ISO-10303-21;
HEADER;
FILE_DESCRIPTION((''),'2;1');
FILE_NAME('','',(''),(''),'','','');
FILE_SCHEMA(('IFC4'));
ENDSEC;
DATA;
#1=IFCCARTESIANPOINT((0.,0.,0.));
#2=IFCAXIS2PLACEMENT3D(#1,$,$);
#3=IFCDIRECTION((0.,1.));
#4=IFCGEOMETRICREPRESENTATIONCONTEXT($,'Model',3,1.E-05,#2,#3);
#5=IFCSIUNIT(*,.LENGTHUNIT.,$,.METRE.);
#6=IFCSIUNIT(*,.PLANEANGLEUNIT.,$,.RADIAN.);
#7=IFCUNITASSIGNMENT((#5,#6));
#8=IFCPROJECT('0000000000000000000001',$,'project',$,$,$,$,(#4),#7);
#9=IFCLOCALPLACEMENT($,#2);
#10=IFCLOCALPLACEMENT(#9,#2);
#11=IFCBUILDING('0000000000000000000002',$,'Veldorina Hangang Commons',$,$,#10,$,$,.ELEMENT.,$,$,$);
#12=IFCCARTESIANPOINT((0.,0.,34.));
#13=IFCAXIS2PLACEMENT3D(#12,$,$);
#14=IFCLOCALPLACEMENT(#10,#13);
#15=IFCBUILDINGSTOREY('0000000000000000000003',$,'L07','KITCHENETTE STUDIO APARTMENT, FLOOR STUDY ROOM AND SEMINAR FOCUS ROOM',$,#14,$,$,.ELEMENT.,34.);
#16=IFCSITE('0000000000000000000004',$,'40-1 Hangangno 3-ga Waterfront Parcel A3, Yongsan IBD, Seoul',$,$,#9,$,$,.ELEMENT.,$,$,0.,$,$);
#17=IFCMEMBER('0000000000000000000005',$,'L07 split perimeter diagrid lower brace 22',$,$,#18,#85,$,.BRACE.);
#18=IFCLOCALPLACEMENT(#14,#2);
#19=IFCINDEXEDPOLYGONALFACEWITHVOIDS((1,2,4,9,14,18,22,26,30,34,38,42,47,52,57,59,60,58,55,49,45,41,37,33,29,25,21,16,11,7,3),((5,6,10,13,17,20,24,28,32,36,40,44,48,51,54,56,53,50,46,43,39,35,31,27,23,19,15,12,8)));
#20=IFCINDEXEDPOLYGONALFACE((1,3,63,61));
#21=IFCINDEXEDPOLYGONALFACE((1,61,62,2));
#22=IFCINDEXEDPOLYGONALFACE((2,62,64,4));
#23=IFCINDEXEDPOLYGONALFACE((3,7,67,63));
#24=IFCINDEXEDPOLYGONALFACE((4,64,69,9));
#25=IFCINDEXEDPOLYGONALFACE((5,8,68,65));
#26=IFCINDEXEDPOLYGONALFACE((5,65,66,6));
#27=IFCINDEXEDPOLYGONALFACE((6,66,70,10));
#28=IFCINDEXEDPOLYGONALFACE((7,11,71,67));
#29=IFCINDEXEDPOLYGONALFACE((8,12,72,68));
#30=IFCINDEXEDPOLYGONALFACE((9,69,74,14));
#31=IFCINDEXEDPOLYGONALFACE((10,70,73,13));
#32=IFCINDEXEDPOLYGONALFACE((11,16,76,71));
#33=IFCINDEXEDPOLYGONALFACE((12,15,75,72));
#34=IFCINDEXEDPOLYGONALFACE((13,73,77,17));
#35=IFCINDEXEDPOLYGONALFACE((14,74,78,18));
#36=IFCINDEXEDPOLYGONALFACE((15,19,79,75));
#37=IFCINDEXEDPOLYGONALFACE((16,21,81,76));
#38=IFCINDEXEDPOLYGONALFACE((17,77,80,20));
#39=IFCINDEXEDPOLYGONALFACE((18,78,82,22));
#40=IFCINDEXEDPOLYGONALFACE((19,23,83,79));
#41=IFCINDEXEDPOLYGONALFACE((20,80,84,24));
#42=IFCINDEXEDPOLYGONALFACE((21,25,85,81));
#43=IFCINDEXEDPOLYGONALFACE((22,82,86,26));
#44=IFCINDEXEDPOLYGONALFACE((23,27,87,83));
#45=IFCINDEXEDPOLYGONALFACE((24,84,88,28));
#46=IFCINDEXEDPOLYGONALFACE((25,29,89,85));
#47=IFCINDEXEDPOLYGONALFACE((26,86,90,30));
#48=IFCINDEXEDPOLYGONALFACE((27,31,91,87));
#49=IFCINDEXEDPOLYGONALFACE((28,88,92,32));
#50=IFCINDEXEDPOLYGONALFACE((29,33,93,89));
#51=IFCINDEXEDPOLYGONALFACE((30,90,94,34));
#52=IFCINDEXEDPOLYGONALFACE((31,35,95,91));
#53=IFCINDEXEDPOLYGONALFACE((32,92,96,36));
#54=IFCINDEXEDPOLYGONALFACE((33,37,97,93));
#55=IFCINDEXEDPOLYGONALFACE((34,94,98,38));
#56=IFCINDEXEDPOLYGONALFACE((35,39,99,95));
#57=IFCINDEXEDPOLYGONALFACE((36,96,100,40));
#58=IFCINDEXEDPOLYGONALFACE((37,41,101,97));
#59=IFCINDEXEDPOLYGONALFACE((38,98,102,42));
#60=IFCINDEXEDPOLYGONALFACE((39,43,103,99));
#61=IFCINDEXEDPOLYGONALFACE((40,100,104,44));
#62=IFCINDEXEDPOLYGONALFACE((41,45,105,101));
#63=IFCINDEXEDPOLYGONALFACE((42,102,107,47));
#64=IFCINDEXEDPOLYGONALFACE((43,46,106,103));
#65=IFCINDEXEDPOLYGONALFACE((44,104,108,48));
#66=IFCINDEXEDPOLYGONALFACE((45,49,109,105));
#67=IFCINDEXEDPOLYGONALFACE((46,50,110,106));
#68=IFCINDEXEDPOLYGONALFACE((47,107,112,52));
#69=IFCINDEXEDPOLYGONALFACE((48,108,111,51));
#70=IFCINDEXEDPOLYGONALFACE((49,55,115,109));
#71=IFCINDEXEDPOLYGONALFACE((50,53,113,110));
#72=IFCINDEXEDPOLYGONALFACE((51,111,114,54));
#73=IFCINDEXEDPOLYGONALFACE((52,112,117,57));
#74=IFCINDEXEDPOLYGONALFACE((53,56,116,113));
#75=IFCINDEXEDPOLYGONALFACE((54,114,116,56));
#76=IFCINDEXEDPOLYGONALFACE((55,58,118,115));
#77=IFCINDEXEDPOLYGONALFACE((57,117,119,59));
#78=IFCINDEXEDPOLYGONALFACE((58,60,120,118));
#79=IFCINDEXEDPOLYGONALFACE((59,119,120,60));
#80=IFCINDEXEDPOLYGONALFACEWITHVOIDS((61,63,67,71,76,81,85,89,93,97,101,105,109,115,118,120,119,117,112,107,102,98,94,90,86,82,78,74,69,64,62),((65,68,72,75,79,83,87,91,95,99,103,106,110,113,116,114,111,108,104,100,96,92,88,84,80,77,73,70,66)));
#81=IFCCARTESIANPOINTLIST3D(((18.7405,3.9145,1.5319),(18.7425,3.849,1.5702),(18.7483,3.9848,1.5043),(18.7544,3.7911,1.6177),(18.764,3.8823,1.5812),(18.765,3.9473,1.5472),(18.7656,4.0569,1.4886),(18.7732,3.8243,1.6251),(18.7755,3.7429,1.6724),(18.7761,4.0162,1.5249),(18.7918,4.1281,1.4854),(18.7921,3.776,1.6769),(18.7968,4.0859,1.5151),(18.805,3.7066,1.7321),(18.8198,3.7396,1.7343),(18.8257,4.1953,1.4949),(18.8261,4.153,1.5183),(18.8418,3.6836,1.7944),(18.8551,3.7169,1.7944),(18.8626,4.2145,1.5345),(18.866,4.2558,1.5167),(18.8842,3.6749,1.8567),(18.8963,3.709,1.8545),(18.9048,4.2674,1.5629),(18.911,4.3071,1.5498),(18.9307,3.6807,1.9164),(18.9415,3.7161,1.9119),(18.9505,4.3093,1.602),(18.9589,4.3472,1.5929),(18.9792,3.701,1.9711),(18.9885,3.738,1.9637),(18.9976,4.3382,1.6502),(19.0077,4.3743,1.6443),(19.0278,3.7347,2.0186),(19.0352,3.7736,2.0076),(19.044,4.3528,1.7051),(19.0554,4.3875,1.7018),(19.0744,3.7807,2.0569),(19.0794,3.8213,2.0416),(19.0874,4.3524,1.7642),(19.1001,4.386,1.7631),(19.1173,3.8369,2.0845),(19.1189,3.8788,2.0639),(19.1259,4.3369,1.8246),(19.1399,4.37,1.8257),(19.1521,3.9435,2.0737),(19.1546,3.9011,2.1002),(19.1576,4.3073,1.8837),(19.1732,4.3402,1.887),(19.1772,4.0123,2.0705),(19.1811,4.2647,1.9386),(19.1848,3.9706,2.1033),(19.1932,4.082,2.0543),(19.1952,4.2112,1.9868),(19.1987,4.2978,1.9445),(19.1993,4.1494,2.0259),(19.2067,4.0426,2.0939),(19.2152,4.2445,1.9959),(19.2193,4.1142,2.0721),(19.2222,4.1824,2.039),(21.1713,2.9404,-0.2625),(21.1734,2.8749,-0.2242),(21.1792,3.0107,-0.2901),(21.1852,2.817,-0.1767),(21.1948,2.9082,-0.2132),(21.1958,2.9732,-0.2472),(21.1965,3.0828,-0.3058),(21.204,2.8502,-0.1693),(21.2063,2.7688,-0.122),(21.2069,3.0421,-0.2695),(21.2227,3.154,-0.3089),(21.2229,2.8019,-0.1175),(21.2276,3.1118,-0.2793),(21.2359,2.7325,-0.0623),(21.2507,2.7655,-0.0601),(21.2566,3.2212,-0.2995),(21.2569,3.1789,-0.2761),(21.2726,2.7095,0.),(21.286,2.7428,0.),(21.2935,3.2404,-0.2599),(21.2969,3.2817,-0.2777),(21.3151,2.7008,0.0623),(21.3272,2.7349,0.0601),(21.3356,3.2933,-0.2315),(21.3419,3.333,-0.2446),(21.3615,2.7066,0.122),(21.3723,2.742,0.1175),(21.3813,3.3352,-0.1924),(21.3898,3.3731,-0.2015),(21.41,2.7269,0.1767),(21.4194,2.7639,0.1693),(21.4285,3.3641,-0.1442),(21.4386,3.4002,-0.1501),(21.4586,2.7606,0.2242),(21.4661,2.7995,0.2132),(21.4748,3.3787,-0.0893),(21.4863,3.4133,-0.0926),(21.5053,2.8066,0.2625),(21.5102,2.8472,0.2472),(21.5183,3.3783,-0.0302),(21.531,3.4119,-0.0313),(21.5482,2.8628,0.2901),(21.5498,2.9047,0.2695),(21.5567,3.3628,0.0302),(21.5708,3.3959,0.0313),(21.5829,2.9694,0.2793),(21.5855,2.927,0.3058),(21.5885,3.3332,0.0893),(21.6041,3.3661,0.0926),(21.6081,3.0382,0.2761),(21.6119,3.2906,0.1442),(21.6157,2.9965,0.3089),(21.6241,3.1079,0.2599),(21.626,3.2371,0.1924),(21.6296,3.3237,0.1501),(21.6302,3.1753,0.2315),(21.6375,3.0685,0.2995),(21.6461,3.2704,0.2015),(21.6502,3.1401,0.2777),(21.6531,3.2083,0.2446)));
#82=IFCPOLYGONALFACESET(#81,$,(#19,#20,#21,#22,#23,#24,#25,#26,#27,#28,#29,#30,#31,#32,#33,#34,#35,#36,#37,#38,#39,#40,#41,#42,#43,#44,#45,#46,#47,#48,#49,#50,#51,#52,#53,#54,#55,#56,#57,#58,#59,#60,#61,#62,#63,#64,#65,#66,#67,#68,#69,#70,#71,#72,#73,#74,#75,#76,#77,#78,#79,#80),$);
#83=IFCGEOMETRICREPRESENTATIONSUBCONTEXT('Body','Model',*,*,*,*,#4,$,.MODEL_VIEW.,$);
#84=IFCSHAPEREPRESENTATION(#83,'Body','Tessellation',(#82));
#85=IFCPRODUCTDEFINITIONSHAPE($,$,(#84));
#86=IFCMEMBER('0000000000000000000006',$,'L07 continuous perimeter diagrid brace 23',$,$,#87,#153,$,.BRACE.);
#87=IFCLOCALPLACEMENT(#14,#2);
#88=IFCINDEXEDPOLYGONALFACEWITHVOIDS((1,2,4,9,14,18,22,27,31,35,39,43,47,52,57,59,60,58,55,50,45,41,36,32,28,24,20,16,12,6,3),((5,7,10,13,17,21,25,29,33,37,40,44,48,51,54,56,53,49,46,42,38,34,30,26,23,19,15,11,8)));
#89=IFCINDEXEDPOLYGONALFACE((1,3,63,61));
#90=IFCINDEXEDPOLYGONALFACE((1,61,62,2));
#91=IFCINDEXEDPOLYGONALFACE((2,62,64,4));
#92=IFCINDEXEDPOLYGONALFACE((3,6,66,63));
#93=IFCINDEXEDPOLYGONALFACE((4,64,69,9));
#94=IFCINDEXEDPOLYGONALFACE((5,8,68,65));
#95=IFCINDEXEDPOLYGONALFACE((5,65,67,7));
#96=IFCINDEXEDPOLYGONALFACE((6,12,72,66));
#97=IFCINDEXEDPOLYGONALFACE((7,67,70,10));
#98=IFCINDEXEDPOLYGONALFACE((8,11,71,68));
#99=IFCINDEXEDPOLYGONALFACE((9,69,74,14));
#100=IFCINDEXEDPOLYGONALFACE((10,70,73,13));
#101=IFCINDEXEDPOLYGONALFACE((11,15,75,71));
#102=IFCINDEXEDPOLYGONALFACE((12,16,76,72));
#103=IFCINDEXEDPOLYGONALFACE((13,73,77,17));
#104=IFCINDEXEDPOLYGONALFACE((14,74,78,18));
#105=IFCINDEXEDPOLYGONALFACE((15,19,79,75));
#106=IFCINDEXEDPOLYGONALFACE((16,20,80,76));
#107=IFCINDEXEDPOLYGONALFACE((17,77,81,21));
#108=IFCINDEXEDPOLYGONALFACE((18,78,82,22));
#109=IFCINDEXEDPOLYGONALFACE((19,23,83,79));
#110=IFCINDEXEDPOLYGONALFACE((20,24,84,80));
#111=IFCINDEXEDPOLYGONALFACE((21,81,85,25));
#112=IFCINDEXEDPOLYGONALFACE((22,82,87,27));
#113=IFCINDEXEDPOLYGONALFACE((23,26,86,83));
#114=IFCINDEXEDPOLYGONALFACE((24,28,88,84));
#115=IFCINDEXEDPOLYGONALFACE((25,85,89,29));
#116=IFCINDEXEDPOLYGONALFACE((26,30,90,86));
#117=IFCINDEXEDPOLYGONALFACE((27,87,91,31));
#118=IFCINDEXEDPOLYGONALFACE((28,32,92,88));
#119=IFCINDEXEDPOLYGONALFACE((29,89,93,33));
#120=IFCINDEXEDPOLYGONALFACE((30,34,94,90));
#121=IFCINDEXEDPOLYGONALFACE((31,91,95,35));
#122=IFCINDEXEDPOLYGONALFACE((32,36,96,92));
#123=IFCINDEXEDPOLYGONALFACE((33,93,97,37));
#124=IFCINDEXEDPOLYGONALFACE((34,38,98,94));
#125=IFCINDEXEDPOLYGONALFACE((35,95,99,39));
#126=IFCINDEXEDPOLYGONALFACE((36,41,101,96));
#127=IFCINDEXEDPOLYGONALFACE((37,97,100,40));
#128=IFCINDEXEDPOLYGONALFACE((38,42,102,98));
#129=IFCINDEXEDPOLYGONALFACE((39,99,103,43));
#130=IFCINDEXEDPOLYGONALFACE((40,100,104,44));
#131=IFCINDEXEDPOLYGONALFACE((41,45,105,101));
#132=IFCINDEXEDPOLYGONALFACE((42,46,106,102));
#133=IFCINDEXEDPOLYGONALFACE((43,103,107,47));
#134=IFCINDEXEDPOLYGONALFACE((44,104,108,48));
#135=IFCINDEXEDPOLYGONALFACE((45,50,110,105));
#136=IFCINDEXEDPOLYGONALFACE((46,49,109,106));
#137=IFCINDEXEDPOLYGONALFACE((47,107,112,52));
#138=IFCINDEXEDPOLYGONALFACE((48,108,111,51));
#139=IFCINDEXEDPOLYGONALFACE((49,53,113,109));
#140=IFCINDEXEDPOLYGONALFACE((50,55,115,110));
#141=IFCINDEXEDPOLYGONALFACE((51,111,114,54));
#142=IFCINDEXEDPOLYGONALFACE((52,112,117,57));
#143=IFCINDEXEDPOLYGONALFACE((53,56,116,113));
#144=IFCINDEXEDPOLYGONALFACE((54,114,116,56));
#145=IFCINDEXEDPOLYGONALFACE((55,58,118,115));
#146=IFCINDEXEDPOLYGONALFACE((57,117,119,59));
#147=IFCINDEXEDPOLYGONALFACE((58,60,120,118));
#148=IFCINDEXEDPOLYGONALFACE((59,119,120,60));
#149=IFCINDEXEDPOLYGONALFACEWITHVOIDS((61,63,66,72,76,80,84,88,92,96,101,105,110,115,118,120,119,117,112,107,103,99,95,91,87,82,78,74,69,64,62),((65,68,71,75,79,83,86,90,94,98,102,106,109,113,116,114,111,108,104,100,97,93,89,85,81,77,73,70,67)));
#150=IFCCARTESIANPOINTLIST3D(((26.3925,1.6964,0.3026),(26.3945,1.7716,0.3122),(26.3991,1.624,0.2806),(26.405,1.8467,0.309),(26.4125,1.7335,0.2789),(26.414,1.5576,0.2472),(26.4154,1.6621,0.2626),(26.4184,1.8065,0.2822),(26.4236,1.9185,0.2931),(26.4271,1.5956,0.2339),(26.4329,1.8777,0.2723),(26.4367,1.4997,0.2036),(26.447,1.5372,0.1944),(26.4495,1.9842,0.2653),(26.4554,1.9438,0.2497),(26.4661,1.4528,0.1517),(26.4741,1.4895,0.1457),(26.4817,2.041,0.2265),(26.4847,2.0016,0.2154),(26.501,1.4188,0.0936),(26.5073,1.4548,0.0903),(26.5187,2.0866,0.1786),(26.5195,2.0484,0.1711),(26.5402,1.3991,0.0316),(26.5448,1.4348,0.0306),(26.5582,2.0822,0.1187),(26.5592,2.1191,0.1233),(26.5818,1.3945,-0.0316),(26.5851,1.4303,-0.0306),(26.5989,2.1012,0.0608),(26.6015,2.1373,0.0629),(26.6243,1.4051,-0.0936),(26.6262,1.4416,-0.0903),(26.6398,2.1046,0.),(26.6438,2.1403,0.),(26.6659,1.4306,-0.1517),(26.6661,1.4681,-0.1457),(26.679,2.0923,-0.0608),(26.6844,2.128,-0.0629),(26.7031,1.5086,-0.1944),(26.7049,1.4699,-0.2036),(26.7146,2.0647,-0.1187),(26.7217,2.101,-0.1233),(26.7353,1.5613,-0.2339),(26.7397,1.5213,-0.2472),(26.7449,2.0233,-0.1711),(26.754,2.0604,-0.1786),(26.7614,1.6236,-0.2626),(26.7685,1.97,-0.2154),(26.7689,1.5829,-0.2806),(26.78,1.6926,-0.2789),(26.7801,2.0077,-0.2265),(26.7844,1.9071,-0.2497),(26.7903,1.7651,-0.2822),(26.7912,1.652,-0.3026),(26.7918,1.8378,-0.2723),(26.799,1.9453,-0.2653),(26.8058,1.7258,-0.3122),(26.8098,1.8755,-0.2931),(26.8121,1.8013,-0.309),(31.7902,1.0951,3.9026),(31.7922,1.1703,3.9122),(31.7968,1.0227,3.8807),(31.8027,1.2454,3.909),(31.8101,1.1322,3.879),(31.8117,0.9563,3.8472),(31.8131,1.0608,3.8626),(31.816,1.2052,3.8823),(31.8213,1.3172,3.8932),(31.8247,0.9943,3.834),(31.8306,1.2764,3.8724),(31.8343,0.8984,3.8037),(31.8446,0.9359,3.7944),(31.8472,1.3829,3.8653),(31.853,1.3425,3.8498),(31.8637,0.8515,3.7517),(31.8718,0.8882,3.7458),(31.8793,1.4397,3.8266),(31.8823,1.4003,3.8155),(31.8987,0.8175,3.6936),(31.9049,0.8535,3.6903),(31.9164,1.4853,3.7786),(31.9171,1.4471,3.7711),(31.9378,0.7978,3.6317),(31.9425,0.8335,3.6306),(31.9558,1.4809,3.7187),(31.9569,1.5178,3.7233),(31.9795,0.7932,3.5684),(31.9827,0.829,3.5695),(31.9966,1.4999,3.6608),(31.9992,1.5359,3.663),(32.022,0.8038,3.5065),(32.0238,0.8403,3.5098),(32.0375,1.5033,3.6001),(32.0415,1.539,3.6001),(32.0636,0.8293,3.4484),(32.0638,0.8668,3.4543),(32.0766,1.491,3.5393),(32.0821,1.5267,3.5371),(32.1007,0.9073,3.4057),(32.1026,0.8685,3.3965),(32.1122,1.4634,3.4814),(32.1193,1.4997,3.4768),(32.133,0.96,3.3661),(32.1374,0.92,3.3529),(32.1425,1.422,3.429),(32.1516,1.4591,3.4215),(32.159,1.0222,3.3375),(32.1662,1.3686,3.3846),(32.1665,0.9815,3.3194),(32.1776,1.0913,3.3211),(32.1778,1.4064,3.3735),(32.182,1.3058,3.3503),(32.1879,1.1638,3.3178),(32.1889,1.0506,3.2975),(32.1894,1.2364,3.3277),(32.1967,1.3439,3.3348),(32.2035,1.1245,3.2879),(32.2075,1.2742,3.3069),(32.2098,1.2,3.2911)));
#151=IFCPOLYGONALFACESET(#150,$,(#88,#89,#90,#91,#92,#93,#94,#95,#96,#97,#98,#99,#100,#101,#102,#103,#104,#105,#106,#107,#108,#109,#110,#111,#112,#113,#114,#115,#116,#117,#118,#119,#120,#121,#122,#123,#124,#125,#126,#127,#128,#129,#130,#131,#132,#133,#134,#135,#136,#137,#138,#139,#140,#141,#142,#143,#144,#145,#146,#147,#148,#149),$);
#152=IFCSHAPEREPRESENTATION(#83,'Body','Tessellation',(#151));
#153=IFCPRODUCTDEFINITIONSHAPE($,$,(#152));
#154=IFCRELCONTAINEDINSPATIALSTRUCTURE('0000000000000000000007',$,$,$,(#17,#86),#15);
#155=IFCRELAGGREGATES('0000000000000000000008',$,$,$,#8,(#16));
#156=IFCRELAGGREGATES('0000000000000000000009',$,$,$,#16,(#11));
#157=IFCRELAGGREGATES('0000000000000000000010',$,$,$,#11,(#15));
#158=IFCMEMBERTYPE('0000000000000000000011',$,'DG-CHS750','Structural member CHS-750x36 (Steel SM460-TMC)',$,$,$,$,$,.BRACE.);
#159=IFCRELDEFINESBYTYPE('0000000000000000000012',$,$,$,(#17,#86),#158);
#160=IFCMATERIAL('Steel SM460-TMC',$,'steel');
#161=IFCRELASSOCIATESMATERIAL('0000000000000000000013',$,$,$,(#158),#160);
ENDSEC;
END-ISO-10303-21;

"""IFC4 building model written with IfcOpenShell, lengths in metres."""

from ifc_helpers import new_model, si_unit, direction, frame, origin, origin_2d, place, context, subcontext, project, spatial, hollow_circle, extrude, material, material_profile, profile_set, type_object, element, save


model = new_model("IFC4")

# Units and contexts
model_context = context("Model", 3, precision=1e-05, world=origin(), true_north=direction((0.0, 1.0)))
body_context = subcontext(model_context, "Body", "Model", "MODEL_VIEW")
ifc_project = project(units=[si_unit("LENGTHUNIT", "METRE"), si_unit("PLANEANGLEUNIT", "RADIAN")], contexts=[model_context])

# Site, building, storey
site_placement = place(None, origin())
site = spatial("IfcSite", under=ifc_project, at=site_placement, Name="40-1 Hangangno 3-ga Waterfront Parcel A3, Yongsan IBD, Seoul", CompositionType="ELEMENT", RefElevation=0.0)
building_placement = place(site_placement, origin())
building = spatial("IfcBuilding", under=site, at=building_placement, Name="Veldorina Hangang Commons", CompositionType="ELEMENT")
storey_placement = place(building_placement, frame((0.0, 0.0, 34.0)))
storey = spatial("IfcBuildingStorey", under=building, at=storey_placement, Name="L07", Description="KITCHENETTE STUDIO APARTMENT, FLOOR STUDY ROOM AND SEMINAR FOCUS ROOM", CompositionType="ELEMENT", Elevation=34.0)

# Shared definitions
ifc_material_1 = material(Name="Steel SM460-TMC", Category="steel")

# Members
ifc_material_profile_1 = material_profile(ifc_material_1, hollow_circle(Radius=0.375, WallThickness=0.0359, at=origin_2d()), Name="CHS-750x36")
ifc_profile_set_1 = profile_set([ifc_material_profile_1], Name="Steel SM460-TMC")
member_type_1 = type_object("IfcMemberType", Name="DG-CHS750", Description="Structural member CHS-750x36 (Steel SM460-TMC)", PredefinedType="BRACE", material=ifc_profile_set_1)
member_1_placement = place(storey_placement, frame((21.4121, 3.0576, 0.0), z_axis=(-0.765732, 0.306846, 0.565243), x_axis=(-0.371969, -0.928245, 0.0)))
element("IfcMember", 1, at=member_1_placement, inside=storey, type_object=member_type_1, Name="L07 split perimeter diagrid lower brace 22", PredefinedType="BRACE", context=body_context, shape_type="SweptSolid", body=[
    extrude(hollow_circle(Radius=0.375, WallThickness=0.0359, at=origin_2d()), origin(), (0.0, 0.0, 1.0), 3.1746),
])
member_2_placement = place(storey_placement, frame((26.6023, 1.7676, 0.0), z_axis=(0.828384, -0.092284, 0.552506), x_axis=(0.110718, 0.993852, 0.0)))
element("IfcMember", 2, at=member_2_placement, inside=storey, type_object=member_type_1, Name="L07 continuous perimeter diagrid brace 23", PredefinedType="BRACE", context=body_context, shape_type="SweptSolid", body=[
    extrude(hollow_circle(Radius=0.375, WallThickness=0.0359, at=origin_2d()), origin(), (0.0, 0.0, 1.0), 6.5159),
])

save(model, "model.ifc")
